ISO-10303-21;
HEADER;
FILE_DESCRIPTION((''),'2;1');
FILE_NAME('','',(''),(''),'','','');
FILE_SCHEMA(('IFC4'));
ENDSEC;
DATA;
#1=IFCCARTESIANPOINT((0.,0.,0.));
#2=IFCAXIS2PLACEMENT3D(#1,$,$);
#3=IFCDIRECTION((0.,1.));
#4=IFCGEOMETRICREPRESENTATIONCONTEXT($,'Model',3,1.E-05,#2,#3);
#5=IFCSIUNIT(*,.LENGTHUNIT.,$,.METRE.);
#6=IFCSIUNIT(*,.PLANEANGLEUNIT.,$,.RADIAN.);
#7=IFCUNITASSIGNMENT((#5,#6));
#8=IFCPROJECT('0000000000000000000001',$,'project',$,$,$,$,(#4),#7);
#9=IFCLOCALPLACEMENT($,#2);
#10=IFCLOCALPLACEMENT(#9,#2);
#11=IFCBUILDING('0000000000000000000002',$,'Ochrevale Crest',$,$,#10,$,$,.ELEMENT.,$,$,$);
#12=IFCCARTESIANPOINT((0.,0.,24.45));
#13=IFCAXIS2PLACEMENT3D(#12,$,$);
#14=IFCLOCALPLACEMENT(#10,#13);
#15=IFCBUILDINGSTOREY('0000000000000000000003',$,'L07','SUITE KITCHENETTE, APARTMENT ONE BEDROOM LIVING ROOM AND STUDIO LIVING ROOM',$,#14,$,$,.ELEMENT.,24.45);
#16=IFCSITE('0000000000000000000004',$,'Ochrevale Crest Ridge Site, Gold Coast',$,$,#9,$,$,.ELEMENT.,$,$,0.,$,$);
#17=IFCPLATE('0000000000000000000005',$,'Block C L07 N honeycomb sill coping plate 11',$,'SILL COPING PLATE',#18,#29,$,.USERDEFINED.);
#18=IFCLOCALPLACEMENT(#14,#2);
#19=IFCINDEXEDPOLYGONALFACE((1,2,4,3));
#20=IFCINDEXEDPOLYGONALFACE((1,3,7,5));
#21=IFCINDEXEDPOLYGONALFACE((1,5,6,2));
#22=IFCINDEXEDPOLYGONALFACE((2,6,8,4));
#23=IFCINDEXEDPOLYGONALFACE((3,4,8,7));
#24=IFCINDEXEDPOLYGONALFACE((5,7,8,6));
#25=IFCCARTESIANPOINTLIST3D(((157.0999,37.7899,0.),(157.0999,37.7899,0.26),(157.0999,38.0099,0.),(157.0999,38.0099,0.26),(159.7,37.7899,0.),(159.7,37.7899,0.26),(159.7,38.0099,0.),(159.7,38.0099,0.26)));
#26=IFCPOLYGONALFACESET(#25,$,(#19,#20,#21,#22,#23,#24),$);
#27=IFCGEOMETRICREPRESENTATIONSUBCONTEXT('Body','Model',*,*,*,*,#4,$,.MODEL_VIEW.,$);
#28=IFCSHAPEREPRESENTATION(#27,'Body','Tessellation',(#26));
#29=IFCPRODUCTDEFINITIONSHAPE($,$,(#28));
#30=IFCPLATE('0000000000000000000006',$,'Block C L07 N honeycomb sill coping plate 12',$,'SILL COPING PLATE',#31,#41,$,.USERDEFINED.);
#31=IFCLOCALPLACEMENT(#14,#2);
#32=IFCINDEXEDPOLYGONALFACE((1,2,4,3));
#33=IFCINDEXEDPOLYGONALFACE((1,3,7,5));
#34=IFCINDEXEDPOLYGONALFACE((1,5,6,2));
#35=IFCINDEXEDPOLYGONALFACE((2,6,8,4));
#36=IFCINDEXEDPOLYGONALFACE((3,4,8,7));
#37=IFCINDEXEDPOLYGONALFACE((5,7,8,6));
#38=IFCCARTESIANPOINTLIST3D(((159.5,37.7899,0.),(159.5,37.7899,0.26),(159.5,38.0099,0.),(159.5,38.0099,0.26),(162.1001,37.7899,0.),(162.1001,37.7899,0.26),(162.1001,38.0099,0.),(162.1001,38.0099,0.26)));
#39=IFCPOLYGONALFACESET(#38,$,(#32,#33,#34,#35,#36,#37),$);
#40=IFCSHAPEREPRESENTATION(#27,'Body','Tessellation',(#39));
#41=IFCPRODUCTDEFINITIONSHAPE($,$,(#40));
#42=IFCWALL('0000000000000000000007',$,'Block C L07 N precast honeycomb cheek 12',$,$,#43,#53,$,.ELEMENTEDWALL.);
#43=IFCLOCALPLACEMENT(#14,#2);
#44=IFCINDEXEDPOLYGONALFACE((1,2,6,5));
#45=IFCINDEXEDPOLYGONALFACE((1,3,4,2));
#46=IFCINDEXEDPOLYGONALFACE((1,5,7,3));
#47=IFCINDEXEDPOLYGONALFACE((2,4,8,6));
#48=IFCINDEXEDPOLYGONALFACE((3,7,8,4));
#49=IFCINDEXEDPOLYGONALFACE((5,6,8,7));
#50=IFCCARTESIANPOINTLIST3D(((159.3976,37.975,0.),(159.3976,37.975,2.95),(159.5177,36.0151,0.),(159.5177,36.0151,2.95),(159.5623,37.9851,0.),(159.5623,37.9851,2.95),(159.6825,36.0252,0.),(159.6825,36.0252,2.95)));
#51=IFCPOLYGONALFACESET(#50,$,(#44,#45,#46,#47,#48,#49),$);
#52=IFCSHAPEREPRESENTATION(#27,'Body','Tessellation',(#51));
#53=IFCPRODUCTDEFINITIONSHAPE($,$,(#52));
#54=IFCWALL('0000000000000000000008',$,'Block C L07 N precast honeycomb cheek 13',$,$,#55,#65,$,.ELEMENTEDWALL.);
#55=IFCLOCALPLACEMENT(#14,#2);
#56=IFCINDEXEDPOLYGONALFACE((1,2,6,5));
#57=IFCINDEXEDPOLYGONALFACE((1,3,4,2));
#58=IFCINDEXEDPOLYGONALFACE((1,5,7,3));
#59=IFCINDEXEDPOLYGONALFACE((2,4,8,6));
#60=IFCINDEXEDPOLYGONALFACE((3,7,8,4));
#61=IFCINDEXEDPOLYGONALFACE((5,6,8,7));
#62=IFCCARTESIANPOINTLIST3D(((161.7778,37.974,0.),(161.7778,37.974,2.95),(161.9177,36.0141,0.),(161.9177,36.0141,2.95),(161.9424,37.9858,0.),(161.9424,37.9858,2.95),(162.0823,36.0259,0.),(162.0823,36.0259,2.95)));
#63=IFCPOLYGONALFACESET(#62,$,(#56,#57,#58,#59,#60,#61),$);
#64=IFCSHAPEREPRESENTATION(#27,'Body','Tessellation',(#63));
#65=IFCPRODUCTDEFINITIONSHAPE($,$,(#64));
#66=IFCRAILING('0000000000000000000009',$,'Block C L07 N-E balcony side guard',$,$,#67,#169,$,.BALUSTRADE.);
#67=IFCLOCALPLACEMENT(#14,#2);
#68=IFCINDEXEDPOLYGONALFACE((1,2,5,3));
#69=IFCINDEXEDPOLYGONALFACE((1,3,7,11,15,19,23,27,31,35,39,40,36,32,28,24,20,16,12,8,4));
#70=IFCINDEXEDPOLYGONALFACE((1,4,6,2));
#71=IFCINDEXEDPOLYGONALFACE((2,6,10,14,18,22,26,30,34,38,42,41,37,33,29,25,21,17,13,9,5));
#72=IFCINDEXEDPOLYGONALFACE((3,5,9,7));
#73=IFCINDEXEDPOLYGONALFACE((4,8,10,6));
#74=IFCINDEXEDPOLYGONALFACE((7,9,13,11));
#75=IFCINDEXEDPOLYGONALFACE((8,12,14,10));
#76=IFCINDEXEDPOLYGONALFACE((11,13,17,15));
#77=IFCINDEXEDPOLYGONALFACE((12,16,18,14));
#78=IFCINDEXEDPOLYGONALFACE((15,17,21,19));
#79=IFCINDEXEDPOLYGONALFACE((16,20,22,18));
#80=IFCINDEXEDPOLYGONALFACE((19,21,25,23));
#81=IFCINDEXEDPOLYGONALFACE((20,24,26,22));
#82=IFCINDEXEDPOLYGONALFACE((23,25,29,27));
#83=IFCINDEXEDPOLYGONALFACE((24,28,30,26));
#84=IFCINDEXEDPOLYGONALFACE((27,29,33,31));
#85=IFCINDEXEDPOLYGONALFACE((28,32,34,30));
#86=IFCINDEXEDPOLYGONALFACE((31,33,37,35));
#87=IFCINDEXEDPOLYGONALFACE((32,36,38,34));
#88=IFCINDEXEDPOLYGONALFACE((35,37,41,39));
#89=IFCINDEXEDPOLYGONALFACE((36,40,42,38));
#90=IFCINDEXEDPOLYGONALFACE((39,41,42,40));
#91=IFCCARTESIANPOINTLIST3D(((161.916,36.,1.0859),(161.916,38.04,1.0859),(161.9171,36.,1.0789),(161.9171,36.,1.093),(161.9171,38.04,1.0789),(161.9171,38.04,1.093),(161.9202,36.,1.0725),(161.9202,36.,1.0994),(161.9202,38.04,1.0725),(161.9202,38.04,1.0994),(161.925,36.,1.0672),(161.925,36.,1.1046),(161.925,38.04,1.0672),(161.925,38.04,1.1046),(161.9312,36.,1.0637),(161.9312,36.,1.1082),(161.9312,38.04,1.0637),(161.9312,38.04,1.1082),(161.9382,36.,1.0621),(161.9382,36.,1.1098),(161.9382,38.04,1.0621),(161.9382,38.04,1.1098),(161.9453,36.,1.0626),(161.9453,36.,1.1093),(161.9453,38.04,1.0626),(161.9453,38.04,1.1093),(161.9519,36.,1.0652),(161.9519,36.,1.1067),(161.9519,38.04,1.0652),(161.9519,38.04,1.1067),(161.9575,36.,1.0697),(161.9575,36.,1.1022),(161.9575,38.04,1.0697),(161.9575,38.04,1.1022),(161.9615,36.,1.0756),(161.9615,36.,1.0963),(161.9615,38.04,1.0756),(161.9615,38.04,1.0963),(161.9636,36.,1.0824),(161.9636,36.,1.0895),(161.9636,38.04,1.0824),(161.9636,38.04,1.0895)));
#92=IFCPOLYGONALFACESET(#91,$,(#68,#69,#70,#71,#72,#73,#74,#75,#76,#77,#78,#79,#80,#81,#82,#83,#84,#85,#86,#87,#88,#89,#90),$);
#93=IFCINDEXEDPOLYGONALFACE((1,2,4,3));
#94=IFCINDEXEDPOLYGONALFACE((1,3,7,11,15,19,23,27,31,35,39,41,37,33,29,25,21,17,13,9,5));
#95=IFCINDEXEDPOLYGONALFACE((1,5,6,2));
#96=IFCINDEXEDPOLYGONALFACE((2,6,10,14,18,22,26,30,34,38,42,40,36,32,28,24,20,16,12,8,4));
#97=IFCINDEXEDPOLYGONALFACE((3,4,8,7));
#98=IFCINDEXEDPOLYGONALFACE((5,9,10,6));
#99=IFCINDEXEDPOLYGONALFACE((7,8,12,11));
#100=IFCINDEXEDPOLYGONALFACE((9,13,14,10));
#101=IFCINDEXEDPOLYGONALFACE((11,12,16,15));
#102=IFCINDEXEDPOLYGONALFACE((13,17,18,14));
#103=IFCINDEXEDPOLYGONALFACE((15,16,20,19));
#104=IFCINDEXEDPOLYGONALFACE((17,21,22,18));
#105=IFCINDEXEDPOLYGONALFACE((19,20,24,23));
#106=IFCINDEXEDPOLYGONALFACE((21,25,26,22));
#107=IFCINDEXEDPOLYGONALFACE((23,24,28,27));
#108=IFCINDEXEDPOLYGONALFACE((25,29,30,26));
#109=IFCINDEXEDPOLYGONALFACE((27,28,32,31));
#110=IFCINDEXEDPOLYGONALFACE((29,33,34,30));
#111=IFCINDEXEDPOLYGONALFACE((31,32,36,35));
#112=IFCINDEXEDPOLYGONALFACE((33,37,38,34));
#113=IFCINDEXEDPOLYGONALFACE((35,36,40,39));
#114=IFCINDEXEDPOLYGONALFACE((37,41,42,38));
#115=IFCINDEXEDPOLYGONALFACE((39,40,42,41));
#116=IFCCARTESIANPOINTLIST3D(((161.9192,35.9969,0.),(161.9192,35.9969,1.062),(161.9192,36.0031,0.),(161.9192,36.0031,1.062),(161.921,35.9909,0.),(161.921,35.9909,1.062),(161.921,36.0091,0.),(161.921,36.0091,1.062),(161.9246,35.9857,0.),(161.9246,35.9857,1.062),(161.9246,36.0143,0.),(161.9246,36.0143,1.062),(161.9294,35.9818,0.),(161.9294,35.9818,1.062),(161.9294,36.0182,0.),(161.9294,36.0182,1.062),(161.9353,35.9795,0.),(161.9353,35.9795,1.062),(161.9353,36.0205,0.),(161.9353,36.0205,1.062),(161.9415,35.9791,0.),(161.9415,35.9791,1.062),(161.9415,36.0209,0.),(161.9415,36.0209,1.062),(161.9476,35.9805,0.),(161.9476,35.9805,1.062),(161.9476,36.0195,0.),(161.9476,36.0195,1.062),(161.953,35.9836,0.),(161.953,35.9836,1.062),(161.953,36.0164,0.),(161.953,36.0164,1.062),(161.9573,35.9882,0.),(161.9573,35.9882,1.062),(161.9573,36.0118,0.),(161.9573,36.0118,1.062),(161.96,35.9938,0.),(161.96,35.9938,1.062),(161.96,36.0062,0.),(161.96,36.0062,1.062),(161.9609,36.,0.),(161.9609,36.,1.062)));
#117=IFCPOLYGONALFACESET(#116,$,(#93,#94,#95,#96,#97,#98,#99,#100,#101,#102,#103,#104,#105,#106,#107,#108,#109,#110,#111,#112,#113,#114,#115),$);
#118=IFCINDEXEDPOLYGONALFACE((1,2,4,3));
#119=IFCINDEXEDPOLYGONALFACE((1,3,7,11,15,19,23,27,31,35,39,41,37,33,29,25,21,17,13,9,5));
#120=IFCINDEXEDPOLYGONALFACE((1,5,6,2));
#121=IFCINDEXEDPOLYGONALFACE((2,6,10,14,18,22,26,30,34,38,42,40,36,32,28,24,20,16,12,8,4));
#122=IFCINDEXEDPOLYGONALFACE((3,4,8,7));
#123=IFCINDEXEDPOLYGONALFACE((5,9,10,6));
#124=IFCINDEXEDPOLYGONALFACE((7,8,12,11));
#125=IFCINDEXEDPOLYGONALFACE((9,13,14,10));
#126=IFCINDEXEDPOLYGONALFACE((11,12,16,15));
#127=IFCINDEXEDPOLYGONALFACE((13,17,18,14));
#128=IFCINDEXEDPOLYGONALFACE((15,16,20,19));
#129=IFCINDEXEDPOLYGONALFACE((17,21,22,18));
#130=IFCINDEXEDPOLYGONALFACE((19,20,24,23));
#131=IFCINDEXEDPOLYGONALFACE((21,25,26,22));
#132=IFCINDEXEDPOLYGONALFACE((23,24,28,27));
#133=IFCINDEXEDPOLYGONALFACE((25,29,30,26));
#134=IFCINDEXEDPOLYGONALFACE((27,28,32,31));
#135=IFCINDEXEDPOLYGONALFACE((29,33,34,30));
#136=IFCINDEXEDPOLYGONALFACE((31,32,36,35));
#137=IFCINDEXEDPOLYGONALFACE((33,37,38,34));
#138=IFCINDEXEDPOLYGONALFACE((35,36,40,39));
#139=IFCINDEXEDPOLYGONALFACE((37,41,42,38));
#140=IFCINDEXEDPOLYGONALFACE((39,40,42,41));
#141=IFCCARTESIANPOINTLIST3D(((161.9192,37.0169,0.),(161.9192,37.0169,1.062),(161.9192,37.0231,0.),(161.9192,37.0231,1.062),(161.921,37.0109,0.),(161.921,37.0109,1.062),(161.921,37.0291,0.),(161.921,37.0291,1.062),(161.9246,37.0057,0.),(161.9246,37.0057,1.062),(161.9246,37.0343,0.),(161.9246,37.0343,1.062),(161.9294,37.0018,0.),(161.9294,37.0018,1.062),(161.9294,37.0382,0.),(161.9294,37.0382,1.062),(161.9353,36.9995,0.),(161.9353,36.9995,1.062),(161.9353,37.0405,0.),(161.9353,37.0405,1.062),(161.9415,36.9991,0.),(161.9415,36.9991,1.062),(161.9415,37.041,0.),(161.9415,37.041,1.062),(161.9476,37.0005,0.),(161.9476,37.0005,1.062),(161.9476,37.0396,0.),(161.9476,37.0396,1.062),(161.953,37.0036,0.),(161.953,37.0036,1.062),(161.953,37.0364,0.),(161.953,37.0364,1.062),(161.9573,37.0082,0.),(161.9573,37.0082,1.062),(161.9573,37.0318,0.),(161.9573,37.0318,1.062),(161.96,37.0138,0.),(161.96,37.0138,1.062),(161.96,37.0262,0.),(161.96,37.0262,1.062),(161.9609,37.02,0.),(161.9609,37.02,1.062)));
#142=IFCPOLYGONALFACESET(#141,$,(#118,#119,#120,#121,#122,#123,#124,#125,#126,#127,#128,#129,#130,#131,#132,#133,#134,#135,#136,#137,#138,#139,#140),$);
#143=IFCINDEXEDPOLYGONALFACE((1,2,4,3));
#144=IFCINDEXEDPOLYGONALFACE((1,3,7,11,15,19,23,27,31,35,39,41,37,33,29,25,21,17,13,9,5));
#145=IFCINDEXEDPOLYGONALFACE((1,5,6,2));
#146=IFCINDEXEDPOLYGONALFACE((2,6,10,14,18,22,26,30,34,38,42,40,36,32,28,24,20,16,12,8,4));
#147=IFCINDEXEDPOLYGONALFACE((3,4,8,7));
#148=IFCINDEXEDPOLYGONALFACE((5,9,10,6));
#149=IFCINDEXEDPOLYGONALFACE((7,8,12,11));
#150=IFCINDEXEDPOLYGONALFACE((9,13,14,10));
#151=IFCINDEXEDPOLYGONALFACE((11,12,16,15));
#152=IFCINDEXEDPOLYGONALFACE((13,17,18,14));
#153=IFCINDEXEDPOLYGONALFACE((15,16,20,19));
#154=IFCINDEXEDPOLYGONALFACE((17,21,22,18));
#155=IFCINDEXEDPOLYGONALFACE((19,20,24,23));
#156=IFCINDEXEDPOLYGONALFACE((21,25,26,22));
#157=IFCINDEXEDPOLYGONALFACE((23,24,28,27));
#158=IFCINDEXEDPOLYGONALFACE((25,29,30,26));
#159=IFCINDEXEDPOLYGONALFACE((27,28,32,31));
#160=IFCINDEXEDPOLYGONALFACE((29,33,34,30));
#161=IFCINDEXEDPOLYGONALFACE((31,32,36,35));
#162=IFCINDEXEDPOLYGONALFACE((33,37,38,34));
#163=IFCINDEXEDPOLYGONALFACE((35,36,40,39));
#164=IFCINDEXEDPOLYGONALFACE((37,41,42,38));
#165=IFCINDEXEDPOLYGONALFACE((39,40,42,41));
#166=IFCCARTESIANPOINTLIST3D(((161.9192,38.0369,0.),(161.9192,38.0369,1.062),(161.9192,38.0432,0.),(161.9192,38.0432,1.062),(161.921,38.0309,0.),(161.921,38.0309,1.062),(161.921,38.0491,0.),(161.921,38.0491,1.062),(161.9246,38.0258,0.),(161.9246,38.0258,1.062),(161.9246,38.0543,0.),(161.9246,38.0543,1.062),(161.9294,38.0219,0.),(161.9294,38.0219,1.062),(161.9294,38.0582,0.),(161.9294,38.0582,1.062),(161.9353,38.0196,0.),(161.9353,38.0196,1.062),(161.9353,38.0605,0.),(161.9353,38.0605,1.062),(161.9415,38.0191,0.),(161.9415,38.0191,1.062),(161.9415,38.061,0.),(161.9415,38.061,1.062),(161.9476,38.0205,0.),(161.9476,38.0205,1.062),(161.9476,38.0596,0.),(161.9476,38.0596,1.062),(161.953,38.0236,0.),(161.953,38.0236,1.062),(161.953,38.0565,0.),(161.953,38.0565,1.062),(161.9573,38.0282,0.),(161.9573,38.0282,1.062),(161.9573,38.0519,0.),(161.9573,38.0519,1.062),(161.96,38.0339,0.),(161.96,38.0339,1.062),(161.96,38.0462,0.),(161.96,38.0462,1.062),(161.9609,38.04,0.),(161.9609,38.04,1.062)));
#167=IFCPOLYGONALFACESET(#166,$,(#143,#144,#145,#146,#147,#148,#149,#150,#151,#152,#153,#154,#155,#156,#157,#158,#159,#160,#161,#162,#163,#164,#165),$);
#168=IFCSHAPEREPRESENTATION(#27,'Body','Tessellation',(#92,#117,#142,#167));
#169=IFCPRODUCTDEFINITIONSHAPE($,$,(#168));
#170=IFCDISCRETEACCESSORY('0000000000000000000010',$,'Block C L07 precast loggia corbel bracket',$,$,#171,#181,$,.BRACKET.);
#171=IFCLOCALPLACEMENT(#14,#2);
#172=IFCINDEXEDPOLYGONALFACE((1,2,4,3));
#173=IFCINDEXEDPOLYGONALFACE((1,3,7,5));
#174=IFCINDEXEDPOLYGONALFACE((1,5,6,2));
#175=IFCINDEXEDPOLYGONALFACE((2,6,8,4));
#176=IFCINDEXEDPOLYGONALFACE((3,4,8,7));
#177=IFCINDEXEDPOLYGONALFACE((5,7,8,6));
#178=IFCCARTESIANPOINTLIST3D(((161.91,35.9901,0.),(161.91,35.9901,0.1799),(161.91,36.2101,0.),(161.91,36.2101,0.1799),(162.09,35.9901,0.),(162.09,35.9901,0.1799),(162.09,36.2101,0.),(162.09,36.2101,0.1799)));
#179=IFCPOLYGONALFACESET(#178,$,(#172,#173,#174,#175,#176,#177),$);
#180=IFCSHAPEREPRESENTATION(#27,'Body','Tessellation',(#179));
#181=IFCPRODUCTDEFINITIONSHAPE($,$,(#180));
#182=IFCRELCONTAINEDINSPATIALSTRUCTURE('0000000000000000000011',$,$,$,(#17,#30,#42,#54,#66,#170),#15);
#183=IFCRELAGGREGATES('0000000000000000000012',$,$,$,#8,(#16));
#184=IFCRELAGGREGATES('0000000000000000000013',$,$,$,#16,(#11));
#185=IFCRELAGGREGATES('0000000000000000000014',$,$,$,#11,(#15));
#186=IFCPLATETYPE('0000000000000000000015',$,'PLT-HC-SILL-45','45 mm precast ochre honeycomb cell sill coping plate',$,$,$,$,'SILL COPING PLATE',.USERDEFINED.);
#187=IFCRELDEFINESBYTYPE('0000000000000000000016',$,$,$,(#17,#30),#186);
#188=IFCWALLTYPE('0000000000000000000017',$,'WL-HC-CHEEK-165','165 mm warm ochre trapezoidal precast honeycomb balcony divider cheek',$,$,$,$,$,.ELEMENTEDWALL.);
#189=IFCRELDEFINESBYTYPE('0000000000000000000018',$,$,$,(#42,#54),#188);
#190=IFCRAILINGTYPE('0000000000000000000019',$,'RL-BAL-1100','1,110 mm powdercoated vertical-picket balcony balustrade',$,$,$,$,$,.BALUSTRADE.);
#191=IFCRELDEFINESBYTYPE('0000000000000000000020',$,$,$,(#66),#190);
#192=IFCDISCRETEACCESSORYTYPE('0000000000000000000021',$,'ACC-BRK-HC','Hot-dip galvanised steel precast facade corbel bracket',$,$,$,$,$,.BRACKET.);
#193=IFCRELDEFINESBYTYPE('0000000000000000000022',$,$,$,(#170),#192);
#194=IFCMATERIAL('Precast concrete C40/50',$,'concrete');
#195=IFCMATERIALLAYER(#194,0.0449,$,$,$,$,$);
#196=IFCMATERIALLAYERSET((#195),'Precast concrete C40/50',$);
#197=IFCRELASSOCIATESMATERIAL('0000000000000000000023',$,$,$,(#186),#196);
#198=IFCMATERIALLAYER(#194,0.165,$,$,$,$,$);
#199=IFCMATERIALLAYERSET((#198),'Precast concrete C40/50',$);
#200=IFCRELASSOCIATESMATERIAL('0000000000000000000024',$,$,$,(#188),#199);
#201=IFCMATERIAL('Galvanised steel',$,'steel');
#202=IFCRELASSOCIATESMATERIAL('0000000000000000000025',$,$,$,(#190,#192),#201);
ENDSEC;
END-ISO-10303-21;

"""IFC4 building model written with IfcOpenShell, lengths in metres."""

from ifc_helpers import new_model, si_unit, direction, frame, frame_2d, origin, origin_2d, place, context, subcontext, project, spatial, rectangle, circle, extrude, material, layer, layer_set, type_object, element, save


model = new_model("IFC4")

# Units and contexts
model_context = context("Model", 3, precision=1e-05, world=origin(), true_north=direction((0.0, 1.0)))
body_context = subcontext(model_context, "Body", "Model", "MODEL_VIEW")
ifc_project = project(units=[si_unit("LENGTHUNIT", "METRE"), si_unit("PLANEANGLEUNIT", "RADIAN")], contexts=[model_context])

# Site, building, storey
site_placement = place(None, origin())
site = spatial("IfcSite", under=ifc_project, at=site_placement, Name="Ochrevale Crest Ridge Site, Gold Coast", CompositionType="ELEMENT", RefElevation=0.0)
building_placement = place(site_placement, origin())
building = spatial("IfcBuilding", under=site, at=building_placement, Name="Ochrevale Crest", CompositionType="ELEMENT")
storey_placement = place(building_placement, frame((0.0, 0.0, 24.45)))
storey = spatial("IfcBuildingStorey", under=building, at=storey_placement, Name="L07", Description="SUITE KITCHENETTE, APARTMENT ONE BEDROOM LIVING ROOM AND STUDIO LIVING ROOM", CompositionType="ELEMENT", Elevation=24.45)

# Plates
ifc_material_1 = material(Name="Precast concrete C40/50", Category="concrete")
ifc_layer_1 = layer(ifc_material_1, 0.0449)
ifc_layer_set_1 = layer_set([ifc_layer_1], Name="Precast concrete C40/50")
plate_type_1 = type_object("IfcPlateType", Name="PLT-HC-SILL-45", Description="45 mm precast ochre honeycomb cell sill coping plate", ElementType="SILL COPING PLATE", PredefinedType="USERDEFINED", material=ifc_layer_set_1)
for number, where, z_axis, x_axis, name in (
    (1, (158.3999, 37.8999, 0.0), (0.0, 0.0, 1.0), (1.0, 0.0, 0.0), "Block C L07 N honeycomb sill coping plate 11"),
    (2, (160.8, 37.8999, 0.0), (0.0, 0.0, 1.0), (1.0, 0.0, 0.0), "Block C L07 N honeycomb sill coping plate 12"),
):
    element("IfcPlate", number, at=place(storey_placement, frame(where, z_axis=z_axis, x_axis=x_axis)), inside=storey, type_object=plate_type_1, Name=name, ObjectType="SILL COPING PLATE", PredefinedType="USERDEFINED", context=body_context, shape_type="SweptSolid", body=[
        extrude(rectangle(XDim=2.6001, YDim=0.22, at=origin_2d()), origin(), (0.0, 0.0, 1.0), 0.26),
    ])

# Walls
ifc_layer_2 = layer(ifc_material_1, 0.165)
ifc_layer_set_2 = layer_set([ifc_layer_2], Name="Precast concrete C40/50")
wall_type_1 = type_object("IfcWallType", Name="WL-HC-CHEEK-165", Description="165 mm warm ochre trapezoidal precast honeycomb balcony divider cheek", PredefinedType="ELEMENTEDWALL", material=ifc_layer_set_2)
wall_1_placement = place(storey_placement, frame((159.6001, 36.02, 0.0), z_axis=(0.0, 0.0, 1.0), x_axis=(-0.061171, 0.998127, 0.0)))
element("IfcWall", 3, at=wall_1_placement, inside=storey, type_object=wall_type_1, Name="Block C L07 N precast honeycomb cheek 12", PredefinedType="ELEMENTEDWALL", context=body_context, shape_type="SweptSolid", body=[
    extrude(rectangle(XDim=1.9636, YDim=0.165, at=frame_2d((0.9819, 0.0))), origin(), (0.0, 0.0, 1.0), 2.95),
])
wall_2_placement = place(storey_placement, frame((162.0, 36.02, 0.0), z_axis=(0.0, 0.0, 1.0), x_axis=(-0.071194, 0.997462, 0.0)))
element("IfcWall", 4, at=wall_2_placement, inside=storey, type_object=wall_type_1, Name="Block C L07 N precast honeycomb cheek 13", PredefinedType="ELEMENTEDWALL", context=body_context, shape_type="SweptSolid", body=[
    extrude(rectangle(XDim=1.9648, YDim=0.165, at=frame_2d((0.9824, 0.0))), origin(), (0.0, 0.0, 1.0), 2.95),
])

# Railing
ifc_material_2 = material(Name="Galvanised steel", Category="steel")
railing_type = type_object("IfcRailingType", Name="RL-BAL-1100", Description="1,110 mm powdercoated vertical-picket balcony balustrade", PredefinedType="BALUSTRADE", material=ifc_material_2)
railing_placement = place(storey_placement, frame((161.9399, 36.0, 0.0)))
element("IfcRailing", 5, at=railing_placement, inside=storey, type_object=railing_type, Name="Block C L07 N-E balcony side guard", PredefinedType="BALUSTRADE", context=body_context, shape_type="SweptSolid", body=[
    extrude(circle(Radius=0.0239, at=origin_2d()), frame((0.0, 0.0, 1.0859), z_axis=(0.0, 1.0, 0.0), x_axis=(-1.0, 0.0, 0.0)), (0.0, 0.0, 1.0), 2.04),
    extrude(circle(Radius=0.021, at=origin_2d()), origin(), (0.0, 0.0, 1.0), 1.062),
    extrude(circle(Radius=0.021, at=origin_2d()), frame((0.0, 1.02, 0.0)), (0.0, 0.0, 1.0), 1.062),
    extrude(circle(Radius=0.021, at=origin_2d()), frame((0.0, 2.04, 0.0)), (0.0, 0.0, 1.0), 1.062),
])

# Discrete accessory
discrete_accessory_type = type_object("IfcDiscreteAccessoryType", Name="ACC-BRK-HC", Description="Hot-dip galvanised steel precast facade corbel bracket", PredefinedType="BRACKET", material=ifc_material_2)
discrete_accessory_placement = place(storey_placement, frame((162.0, 36.1001, 0.0), z_axis=(0.0, 0.0, 1.0), x_axis=(1.0, 0.0, 0.0)))
element("IfcDiscreteAccessory", 6, at=discrete_accessory_placement, inside=storey, type_object=discrete_accessory_type, Name="Block C L07 precast loggia corbel bracket", PredefinedType="BRACKET", context=body_context, shape_type="SweptSolid", body=[
    extrude(rectangle(XDim=0.1799, YDim=0.22, at=origin_2d()), origin(), (0.0, 0.0, 1.0), 0.1799),
])

save(model, "model.ifc")
